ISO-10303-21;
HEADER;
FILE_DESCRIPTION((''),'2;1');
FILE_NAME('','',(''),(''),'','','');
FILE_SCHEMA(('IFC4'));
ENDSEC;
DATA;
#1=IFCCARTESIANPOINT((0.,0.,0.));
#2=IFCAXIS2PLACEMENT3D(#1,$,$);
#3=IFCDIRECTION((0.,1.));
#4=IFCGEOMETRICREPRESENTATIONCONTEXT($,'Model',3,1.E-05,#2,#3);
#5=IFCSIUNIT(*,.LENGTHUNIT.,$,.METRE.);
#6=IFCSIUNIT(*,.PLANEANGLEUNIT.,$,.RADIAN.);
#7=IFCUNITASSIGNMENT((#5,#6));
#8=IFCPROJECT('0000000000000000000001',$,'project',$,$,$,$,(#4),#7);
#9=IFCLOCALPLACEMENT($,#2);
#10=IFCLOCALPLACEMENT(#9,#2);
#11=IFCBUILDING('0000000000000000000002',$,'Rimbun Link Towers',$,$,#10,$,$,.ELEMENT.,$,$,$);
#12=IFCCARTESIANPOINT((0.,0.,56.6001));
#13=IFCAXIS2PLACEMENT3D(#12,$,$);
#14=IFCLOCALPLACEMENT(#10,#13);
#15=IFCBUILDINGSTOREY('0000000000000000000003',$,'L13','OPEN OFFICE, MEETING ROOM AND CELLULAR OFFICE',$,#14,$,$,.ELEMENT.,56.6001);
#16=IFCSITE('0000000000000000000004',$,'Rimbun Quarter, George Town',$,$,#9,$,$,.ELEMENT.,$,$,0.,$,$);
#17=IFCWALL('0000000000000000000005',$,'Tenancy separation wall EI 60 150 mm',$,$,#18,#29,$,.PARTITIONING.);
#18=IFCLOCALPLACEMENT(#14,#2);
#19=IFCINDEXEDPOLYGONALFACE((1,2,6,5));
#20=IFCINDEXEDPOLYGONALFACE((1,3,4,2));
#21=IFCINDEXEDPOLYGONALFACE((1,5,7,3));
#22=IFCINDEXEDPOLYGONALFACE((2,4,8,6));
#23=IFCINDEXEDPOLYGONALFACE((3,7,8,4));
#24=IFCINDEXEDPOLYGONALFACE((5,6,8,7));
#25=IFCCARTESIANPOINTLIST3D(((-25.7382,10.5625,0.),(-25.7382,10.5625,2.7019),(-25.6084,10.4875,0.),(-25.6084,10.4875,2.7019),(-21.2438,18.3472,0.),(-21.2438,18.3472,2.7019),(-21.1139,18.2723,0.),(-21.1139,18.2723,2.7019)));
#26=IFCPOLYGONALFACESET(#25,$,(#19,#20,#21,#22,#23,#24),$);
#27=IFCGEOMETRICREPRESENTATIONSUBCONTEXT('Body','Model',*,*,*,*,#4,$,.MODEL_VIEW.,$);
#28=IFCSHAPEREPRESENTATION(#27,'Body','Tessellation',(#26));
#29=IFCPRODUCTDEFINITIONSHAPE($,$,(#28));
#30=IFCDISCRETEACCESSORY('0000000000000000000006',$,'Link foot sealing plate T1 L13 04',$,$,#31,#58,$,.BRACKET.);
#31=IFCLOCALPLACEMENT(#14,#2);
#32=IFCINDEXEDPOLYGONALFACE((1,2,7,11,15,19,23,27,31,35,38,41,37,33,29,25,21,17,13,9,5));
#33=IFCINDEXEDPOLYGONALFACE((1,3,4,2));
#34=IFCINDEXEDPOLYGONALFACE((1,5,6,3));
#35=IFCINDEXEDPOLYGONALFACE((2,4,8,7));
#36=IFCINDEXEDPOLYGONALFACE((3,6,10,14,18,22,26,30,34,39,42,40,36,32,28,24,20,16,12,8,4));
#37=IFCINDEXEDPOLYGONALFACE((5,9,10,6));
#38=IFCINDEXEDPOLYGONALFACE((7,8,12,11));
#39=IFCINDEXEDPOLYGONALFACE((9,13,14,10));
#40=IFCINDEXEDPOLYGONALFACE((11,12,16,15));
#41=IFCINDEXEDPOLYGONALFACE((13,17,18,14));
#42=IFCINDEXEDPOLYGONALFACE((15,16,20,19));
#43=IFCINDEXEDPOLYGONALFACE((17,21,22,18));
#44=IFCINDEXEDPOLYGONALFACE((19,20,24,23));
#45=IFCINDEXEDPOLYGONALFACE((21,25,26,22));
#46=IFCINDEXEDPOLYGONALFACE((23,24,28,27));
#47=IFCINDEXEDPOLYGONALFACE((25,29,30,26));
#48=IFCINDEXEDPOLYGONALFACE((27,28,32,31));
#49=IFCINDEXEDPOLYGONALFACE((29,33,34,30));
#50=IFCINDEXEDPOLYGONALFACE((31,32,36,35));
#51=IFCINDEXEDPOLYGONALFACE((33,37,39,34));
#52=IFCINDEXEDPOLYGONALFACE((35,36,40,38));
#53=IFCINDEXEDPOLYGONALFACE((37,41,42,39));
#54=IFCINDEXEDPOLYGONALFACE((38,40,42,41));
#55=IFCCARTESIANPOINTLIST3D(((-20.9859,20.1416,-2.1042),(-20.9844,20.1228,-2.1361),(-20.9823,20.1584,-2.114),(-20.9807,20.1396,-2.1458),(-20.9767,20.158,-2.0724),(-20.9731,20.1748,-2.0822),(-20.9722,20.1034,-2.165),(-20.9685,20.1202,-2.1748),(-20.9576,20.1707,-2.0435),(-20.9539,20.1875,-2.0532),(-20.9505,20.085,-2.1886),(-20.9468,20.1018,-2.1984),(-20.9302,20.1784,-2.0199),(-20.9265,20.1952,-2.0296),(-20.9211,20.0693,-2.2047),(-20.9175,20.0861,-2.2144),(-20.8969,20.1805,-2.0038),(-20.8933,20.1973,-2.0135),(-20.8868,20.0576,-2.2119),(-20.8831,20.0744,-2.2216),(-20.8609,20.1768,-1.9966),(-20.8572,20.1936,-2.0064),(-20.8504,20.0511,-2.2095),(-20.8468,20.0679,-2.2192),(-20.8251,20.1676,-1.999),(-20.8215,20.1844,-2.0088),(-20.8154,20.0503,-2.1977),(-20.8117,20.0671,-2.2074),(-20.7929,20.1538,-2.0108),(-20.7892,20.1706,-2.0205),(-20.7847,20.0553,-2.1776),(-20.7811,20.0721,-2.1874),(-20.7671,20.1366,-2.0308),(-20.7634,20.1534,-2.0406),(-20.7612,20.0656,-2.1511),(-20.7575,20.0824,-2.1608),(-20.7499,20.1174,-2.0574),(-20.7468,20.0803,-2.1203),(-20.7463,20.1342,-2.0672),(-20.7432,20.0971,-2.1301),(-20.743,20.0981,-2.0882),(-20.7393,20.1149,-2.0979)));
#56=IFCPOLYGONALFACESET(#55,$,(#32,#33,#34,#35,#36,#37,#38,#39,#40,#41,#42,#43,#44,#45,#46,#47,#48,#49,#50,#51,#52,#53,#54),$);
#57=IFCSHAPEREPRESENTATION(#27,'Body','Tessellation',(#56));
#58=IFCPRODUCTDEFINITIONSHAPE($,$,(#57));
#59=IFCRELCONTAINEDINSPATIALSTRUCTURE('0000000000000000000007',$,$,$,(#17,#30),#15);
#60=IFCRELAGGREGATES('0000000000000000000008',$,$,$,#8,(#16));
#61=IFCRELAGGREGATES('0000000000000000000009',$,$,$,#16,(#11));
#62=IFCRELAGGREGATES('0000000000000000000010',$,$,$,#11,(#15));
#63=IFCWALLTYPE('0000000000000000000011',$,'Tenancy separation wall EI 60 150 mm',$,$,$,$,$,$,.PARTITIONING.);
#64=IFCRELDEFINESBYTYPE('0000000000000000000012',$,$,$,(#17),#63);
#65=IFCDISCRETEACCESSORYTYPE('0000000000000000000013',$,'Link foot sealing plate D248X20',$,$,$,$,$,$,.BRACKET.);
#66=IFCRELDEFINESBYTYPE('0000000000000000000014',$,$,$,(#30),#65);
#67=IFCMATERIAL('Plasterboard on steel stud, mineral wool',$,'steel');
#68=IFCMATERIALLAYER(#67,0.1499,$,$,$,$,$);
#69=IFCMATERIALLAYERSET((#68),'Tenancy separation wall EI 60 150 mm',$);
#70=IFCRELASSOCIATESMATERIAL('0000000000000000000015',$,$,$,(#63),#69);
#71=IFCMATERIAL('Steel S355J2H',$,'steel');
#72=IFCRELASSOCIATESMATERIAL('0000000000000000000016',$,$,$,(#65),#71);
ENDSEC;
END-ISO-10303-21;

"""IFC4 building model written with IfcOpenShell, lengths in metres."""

from ifc_helpers import new_model, si_unit, direction, frame, frame_2d, origin, origin_2d, place, context, subcontext, project, spatial, rectangle, circle, extrude, material, layer, layer_set, material_profile, profile_set, type_object, element, save


model = new_model("IFC4")

# Units and contexts
model_context = context("Model", 3, precision=1e-05, world=origin(), true_north=direction((0.0, 1.0)))
body_context = subcontext(model_context, "Body", "Model", "MODEL_VIEW")
ifc_project = project(units=[si_unit("LENGTHUNIT", "METRE"), si_unit("PLANEANGLEUNIT", "RADIAN")], contexts=[model_context])

# Site, building, storey
site_placement = place(None, origin())
site = spatial("IfcSite", under=ifc_project, at=site_placement, Name="Rimbun Quarter, George Town", CompositionType="ELEMENT", RefElevation=0.0)
building_placement = place(site_placement, origin())
building = spatial("IfcBuilding", under=site, at=building_placement, Name="Rimbun Link Towers", CompositionType="ELEMENT")
storey_placement = place(building_placement, frame((0.0, 0.0, 56.6001)))
storey = spatial("IfcBuildingStorey", under=building, at=storey_placement, Name="L13", Description="OPEN OFFICE, MEETING ROOM AND CELLULAR OFFICE", CompositionType="ELEMENT", Elevation=56.6001)

# Wall
ifc_material_1 = material(Name="Plasterboard on steel stud, mineral wool", Category="steel")
ifc_layer_1 = layer(ifc_material_1, 0.1499)
ifc_layer_set_1 = layer_set([ifc_layer_1], Name="Tenancy separation wall EI 60 150 mm")
wall_type_1 = type_object("IfcWallType", Name="Tenancy separation wall EI 60 150 mm", PredefinedType="PARTITIONING", material=ifc_layer_set_1)
wall_1_placement = place(storey_placement, frame((-25.6733, 10.5249, 0.0), z_axis=(0.0, 0.0, 1.0), x_axis=(0.499992, 0.86603, 0.0)))
element("IfcWall", 1, at=wall_1_placement, inside=storey, type_object=wall_type_1, Name="Tenancy separation wall EI 60 150 mm", PredefinedType="PARTITIONING", context=body_context, shape_type="SweptSolid", body=[
    extrude(rectangle(XDim=8.989, YDim=0.1499, at=frame_2d((4.4946, 0.0))), origin(), (0.0, 0.0, 1.0), 2.7019),
])

# Discrete accessory
ifc_material_2 = material(Name="Steel S355J2H", Category="steel")
ifc_material_profile_1 = material_profile(ifc_material_2, circle(Radius=0.124, at=origin_2d()), Name="PL D248")
ifc_profile_set_1 = profile_set([ifc_material_profile_1], Name="Steel S355J2H")
discrete_accessory_type = type_object("IfcDiscreteAccessoryType", Name="Link foot sealing plate D248X20", PredefinedType="BRACKET", material=ifc_profile_set_1)
discrete_accessory_placement = place(storey_placement, frame((-20.8647, 20.1152, -2.1042), z_axis=(0.184833, 0.850234, -0.492889), x_axis=(-0.977176, 0.21243, 0.0)))
element("IfcDiscreteAccessory", 2, at=discrete_accessory_placement, inside=storey, type_object=discrete_accessory_type, Name="Link foot sealing plate T1 L13 04", PredefinedType="BRACKET", context=body_context, shape_type="SweptSolid", body=[
    extrude(circle(Radius=0.124, at=origin_2d()), origin(), (0.0, 0.0, 1.0), 0.0198),
])

save(model, "model.ifc")
